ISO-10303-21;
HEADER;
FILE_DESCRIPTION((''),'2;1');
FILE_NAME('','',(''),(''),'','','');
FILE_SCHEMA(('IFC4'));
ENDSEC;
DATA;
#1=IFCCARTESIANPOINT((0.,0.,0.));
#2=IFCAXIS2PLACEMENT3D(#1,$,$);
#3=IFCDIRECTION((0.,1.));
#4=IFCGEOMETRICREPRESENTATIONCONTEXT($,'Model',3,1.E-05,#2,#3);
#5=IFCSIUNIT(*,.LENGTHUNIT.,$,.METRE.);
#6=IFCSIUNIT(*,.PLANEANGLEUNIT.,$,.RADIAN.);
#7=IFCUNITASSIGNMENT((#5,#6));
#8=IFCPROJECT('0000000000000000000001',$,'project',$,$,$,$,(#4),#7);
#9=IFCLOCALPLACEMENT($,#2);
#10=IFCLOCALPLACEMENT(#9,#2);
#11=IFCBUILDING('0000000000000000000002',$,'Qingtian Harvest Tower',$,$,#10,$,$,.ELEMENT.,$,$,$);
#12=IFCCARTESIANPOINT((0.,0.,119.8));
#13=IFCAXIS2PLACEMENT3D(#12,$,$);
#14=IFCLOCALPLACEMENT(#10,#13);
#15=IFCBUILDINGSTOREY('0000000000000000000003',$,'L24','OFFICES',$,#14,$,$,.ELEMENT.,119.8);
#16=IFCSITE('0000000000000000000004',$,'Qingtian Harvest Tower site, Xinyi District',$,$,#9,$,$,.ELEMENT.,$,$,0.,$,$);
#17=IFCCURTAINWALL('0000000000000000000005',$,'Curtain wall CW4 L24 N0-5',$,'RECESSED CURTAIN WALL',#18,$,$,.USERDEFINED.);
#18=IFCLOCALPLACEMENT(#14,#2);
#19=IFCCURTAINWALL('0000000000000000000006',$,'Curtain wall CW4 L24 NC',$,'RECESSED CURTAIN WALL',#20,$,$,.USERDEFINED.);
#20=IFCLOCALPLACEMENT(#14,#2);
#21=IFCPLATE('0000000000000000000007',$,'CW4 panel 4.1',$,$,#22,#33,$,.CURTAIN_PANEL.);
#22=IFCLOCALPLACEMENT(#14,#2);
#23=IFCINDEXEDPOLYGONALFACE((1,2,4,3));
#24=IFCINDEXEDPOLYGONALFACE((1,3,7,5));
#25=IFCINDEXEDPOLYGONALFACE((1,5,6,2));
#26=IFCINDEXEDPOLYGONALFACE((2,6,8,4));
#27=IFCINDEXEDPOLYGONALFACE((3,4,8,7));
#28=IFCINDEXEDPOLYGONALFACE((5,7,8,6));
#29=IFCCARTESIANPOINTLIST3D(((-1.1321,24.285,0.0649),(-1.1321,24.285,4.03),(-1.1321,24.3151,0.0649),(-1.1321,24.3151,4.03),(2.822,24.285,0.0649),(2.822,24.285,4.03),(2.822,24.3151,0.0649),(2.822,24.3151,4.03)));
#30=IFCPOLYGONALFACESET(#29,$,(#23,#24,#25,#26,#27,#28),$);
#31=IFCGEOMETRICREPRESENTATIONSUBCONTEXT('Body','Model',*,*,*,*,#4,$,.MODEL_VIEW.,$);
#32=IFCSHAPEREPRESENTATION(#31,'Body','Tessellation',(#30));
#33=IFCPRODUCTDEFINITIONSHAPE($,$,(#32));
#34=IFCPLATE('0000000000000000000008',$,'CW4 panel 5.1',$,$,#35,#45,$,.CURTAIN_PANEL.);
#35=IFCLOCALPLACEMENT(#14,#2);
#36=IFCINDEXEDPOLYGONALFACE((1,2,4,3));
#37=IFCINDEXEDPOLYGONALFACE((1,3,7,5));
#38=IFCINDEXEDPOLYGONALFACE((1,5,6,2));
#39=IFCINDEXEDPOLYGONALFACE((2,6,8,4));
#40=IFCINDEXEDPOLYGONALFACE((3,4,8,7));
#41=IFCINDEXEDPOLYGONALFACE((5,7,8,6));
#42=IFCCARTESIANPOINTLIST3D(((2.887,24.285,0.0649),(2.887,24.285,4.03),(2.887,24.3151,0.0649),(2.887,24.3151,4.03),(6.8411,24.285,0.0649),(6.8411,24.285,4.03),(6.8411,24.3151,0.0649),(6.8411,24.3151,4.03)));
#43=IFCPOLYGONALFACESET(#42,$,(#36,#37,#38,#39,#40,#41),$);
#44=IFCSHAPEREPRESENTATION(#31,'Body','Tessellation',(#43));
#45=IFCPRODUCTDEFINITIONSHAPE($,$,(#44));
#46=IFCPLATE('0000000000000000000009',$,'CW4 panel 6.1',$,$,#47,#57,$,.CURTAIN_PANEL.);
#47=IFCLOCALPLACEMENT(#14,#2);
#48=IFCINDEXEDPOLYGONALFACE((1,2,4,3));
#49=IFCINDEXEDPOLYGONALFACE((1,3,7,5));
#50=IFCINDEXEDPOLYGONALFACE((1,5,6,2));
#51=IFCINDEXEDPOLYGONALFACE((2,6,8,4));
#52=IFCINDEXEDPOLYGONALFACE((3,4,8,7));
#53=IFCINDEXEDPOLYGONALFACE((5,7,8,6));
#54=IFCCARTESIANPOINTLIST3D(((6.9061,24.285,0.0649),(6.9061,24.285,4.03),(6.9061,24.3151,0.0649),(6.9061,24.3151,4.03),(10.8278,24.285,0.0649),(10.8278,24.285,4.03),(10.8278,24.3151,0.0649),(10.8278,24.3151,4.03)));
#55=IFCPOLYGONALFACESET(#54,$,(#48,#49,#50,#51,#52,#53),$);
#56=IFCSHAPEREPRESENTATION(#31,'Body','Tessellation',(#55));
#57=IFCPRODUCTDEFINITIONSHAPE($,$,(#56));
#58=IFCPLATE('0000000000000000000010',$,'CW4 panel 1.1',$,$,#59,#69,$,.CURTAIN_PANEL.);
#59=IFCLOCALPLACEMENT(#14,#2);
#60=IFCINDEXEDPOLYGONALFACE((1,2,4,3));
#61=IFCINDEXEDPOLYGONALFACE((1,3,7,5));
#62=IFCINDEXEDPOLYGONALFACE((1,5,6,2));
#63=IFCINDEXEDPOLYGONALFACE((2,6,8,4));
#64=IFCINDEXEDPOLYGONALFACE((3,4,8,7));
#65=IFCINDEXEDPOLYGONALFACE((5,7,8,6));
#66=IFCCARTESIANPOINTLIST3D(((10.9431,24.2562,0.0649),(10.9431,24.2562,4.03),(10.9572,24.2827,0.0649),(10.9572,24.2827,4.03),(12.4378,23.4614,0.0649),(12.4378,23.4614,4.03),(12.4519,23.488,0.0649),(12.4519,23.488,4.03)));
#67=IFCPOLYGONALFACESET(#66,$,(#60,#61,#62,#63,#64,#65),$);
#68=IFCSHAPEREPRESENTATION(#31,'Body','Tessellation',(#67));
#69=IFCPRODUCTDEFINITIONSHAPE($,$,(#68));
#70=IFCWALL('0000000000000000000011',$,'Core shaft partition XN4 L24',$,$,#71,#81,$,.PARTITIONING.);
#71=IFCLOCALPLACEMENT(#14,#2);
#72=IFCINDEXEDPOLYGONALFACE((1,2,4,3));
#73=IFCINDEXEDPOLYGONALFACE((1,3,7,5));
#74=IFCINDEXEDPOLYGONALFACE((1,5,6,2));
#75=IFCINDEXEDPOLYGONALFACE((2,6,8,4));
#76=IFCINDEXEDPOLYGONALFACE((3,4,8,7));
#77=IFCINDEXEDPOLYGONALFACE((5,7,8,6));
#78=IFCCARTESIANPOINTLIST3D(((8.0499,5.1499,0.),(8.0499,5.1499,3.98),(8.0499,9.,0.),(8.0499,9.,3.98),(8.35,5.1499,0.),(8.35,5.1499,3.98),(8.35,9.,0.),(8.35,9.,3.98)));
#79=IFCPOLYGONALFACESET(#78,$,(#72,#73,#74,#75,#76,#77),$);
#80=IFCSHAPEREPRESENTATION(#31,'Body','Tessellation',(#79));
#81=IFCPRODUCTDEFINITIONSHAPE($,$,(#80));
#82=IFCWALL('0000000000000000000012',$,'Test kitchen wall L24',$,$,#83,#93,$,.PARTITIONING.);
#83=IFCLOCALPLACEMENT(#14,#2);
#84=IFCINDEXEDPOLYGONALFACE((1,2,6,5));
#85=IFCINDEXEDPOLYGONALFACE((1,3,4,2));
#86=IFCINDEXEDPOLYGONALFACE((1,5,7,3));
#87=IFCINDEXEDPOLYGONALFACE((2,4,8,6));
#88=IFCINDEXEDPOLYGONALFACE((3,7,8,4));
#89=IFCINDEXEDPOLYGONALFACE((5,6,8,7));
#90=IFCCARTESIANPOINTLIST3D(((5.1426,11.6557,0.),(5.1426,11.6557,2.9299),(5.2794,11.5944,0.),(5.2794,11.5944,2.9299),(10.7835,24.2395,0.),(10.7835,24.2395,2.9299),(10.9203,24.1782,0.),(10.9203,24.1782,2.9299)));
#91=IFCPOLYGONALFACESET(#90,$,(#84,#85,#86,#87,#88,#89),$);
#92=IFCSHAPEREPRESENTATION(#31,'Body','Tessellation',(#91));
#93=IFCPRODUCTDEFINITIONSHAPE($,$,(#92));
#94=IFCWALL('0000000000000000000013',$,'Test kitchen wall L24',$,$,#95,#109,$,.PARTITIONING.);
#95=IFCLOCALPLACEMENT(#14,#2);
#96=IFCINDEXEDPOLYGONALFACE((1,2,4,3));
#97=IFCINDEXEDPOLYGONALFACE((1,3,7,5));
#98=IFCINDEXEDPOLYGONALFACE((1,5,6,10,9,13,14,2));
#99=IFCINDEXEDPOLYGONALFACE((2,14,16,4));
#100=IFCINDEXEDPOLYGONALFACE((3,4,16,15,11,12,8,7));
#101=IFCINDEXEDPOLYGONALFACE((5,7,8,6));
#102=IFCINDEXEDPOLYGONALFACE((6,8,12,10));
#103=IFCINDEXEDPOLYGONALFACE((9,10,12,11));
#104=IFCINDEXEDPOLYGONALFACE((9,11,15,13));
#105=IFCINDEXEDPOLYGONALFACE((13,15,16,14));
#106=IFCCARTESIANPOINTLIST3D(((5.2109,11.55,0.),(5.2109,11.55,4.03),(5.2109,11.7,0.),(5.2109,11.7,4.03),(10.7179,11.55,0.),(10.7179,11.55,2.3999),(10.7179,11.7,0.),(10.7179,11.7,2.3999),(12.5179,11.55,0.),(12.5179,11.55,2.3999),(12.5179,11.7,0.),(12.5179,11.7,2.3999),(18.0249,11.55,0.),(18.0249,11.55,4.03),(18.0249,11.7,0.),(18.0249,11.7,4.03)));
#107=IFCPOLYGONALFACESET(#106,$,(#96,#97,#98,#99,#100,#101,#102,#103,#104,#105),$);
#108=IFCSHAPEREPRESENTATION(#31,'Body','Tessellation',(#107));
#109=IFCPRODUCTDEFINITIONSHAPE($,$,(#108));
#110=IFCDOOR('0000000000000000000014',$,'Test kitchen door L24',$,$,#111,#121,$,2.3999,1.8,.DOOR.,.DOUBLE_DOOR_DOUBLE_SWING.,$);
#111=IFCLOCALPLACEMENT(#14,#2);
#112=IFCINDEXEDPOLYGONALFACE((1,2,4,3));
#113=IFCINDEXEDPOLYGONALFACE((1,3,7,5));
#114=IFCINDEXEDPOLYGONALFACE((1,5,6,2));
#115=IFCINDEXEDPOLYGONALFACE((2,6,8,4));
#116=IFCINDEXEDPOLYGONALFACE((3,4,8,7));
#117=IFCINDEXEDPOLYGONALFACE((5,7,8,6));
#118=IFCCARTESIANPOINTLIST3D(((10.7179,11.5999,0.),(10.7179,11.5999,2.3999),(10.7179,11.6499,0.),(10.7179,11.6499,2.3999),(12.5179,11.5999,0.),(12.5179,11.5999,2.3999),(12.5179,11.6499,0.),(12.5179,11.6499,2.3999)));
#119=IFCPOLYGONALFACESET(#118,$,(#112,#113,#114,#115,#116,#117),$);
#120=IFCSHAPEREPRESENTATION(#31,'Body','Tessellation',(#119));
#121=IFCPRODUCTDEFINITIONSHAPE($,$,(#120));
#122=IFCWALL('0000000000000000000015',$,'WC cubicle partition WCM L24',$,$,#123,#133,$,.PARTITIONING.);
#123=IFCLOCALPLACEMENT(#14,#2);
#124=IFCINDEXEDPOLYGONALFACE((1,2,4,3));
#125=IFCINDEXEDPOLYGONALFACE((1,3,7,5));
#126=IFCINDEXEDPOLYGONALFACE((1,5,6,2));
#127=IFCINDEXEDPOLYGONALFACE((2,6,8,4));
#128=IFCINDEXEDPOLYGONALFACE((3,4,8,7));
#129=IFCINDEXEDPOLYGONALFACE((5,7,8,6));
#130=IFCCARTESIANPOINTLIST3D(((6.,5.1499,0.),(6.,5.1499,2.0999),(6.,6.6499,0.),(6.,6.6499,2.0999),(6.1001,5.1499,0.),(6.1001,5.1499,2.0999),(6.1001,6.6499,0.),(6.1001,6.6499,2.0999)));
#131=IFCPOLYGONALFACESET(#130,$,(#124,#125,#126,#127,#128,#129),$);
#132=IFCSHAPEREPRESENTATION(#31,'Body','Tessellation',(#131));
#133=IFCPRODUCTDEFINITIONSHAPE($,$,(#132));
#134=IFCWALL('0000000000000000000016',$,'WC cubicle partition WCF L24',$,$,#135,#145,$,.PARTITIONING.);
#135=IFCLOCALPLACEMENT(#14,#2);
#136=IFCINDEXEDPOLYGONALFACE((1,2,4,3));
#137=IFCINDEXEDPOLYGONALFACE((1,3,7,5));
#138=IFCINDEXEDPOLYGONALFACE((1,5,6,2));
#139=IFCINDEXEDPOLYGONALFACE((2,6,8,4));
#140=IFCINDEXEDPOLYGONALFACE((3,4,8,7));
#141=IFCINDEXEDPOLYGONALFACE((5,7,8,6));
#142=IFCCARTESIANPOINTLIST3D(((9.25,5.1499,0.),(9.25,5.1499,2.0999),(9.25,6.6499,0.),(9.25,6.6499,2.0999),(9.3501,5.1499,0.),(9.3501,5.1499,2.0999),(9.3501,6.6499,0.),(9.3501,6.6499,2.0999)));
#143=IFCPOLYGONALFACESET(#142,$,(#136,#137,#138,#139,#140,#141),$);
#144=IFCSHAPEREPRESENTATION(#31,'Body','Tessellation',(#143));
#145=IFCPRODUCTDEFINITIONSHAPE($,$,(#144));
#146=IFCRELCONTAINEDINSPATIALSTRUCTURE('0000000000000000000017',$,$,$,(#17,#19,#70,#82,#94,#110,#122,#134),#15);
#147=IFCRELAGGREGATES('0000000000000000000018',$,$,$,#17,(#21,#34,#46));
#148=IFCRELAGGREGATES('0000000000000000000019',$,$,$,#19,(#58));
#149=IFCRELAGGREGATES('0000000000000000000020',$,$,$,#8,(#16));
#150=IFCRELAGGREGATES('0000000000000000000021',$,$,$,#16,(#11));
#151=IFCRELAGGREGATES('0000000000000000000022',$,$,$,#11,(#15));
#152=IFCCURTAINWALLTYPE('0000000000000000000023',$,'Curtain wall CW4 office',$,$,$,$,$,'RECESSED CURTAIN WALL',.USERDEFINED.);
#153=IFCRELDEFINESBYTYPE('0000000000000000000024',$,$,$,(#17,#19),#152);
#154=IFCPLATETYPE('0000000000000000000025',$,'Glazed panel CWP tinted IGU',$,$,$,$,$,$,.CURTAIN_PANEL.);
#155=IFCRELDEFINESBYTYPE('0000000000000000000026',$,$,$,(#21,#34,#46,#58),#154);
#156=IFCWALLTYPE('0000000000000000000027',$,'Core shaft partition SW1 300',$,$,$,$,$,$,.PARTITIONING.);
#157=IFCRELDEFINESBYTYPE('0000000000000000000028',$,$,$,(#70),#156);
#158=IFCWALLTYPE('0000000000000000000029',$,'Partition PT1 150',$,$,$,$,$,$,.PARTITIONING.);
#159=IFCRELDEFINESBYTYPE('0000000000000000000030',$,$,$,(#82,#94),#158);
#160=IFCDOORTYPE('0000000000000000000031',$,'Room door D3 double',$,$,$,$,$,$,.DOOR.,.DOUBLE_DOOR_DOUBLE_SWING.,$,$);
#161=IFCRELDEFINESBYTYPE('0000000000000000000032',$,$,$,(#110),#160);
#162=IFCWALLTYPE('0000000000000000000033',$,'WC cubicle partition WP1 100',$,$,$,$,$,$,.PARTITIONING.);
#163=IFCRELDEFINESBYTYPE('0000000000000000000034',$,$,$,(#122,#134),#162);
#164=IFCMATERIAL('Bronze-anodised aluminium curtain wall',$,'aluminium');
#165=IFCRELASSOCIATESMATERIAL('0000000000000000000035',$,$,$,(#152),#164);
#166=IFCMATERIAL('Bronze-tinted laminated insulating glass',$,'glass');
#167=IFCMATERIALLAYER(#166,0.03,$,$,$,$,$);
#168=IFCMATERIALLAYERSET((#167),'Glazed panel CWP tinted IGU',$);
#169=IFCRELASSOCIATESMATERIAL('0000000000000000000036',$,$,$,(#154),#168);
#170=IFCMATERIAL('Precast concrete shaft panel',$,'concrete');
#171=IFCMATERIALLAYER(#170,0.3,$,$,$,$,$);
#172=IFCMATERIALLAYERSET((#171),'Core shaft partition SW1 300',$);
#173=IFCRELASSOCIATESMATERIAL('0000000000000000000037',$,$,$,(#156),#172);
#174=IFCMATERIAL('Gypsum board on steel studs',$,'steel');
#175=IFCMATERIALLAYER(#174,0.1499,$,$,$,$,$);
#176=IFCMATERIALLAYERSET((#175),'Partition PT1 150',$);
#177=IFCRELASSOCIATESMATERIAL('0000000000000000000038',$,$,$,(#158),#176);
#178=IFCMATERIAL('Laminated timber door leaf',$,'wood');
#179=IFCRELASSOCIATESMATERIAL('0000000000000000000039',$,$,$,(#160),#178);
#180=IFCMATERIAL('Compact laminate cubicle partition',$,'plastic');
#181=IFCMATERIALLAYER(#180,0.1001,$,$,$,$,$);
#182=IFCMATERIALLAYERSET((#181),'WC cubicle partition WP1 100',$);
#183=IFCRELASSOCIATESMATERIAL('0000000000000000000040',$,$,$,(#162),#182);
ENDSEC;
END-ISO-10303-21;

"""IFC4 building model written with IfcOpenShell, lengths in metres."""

from ifc_helpers import new_model, si_unit, direction, frame, frame_2d, origin, origin_2d, place, context, subcontext, project, spatial, rectangle, extrude, material, layer, layer_set, type_object, element, fill, aggregate, save


model = new_model("IFC4")

# Units and contexts
model_context = context("Model", 3, precision=1e-05, world=origin(), true_north=direction((0.0, 1.0)))
body_context = subcontext(model_context, "Body", "Model", "MODEL_VIEW")
ifc_project = project(units=[si_unit("LENGTHUNIT", "METRE"), si_unit("PLANEANGLEUNIT", "RADIAN")], contexts=[model_context])

# Site, building, storey
site_placement = place(None, origin())
site = spatial("IfcSite", under=ifc_project, at=site_placement, Name="Qingtian Harvest Tower site, Xinyi District", CompositionType="ELEMENT", RefElevation=0.0)
building_placement = place(site_placement, origin())
building = spatial("IfcBuilding", under=site, at=building_placement, Name="Qingtian Harvest Tower", CompositionType="ELEMENT")
storey_placement = place(building_placement, frame((0.0, 0.0, 119.8)))
storey = spatial("IfcBuildingStorey", under=building, at=storey_placement, Name="L24", Description="OFFICES", CompositionType="ELEMENT", Elevation=119.8)

# Curtain walls
ifc_material_1 = material(Name="Bronze-anodised aluminium curtain wall", Category="aluminium")
curtain_wall_type = type_object("IfcCurtainWallType", Name="Curtain wall CW4 office", ElementType="RECESSED CURTAIN WALL", PredefinedType="USERDEFINED", material=ifc_material_1)
curtain_wall_1_placement = place(storey_placement, origin())
curtain_wall_1 = element("IfcCurtainWall", 1, at=curtain_wall_1_placement, inside=storey, type_object=curtain_wall_type, Name="Curtain wall CW4 L24 N0-5", ObjectType="RECESSED CURTAIN WALL", PredefinedType="USERDEFINED")
curtain_wall_2_placement = place(storey_placement, origin())
curtain_wall_2 = element("IfcCurtainWall", 2, at=curtain_wall_2_placement, inside=storey, type_object=curtain_wall_type, Name="Curtain wall CW4 L24 NC", ObjectType="RECESSED CURTAIN WALL", PredefinedType="USERDEFINED")

# Plates
ifc_material_2 = material(Name="Bronze-tinted laminated insulating glass", Category="glass")
ifc_layer_1 = layer(ifc_material_2, 0.03)
ifc_layer_set_1 = layer_set([ifc_layer_1], Name="Glazed panel CWP tinted IGU")
plate_type = type_object("IfcPlateType", Name="Glazed panel CWP tinted IGU", PredefinedType="CURTAIN_PANEL", material=ifc_layer_set_1)
plate_1_placement = place(storey_placement, frame((0.845, 24.3, 0.0649), z_axis=(0.0, 0.0, 1.0), x_axis=(1.0, 0.0, 0.0)))
plate_1 = element("IfcPlate", 3, at=plate_1_placement, type_object=plate_type, Name="CW4 panel 4.1", PredefinedType="CURTAIN_PANEL", context=body_context, shape_type="SweptSolid", body=[
    extrude(rectangle(XDim=3.9541, YDim=0.03, at=origin_2d()), origin(), (0.0, 0.0, 1.0), 3.9651),
])
plate_2_placement = place(storey_placement, frame((4.864, 24.3, 0.0649), z_axis=(0.0, 0.0, 1.0), x_axis=(1.0, 0.0, 0.0)))
plate_2 = element("IfcPlate", 4, at=plate_2_placement, type_object=plate_type, Name="CW4 panel 5.1", PredefinedType="CURTAIN_PANEL", context=body_context, shape_type="SweptSolid", body=[
    extrude(rectangle(XDim=3.9541, YDim=0.03, at=origin_2d()), origin(), (0.0, 0.0, 1.0), 3.9651),
])
plate_3_placement = place(storey_placement, frame((8.8669, 24.3, 0.0649), z_axis=(0.0, 0.0, 1.0), x_axis=(1.0, 0.0, 0.0)))
plate_3 = element("IfcPlate", 5, at=plate_3_placement, type_object=plate_type, Name="CW4 panel 6.1", PredefinedType="CURTAIN_PANEL", context=body_context, shape_type="SweptSolid", body=[
    extrude(rectangle(XDim=3.9216, YDim=0.03, at=origin_2d()), origin(), (0.0, 0.0, 1.0), 3.9651),
])
aggregate(curtain_wall_1, [plate_1, plate_2, plate_3])
plate_4_placement = place(storey_placement, frame((11.6975, 23.8721, 0.0649), z_axis=(0.0, 0.0, 1.0), x_axis=(0.882948, -0.469472, 0.0)))
plate_4 = element("IfcPlate", 6, at=plate_4_placement, type_object=plate_type, Name="CW4 panel 1.1", PredefinedType="CURTAIN_PANEL", context=body_context, shape_type="SweptSolid", body=[
    extrude(rectangle(XDim=1.6929, YDim=0.03, at=origin_2d()), origin(), (0.0, 0.0, 1.0), 3.9651),
])
aggregate(curtain_wall_2, [plate_4])

# Walls
ifc_material_3 = material(Name="Precast concrete shaft panel", Category="concrete")
ifc_layer_2 = layer(ifc_material_3, 0.3)
ifc_layer_set_2 = layer_set([ifc_layer_2], Name="Core shaft partition SW1 300")
wall_type_1 = type_object("IfcWallType", Name="Core shaft partition SW1 300", PredefinedType="PARTITIONING", material=ifc_layer_set_2)
wall_1_placement = place(storey_placement, frame((8.2, 5.1499, 0.0), z_axis=(0.0, 0.0, 1.0), x_axis=(0.0, 1.0, 0.0)))
element("IfcWall", 7, at=wall_1_placement, inside=storey, type_object=wall_type_1, Name="Core shaft partition XN4 L24", PredefinedType="PARTITIONING", context=body_context, shape_type="SweptSolid", body=[
    extrude(rectangle(XDim=3.8501, YDim=0.3, at=frame_2d((1.925, 0.0))), origin(), (0.0, 0.0, 1.0), 3.98),
])
ifc_material_4 = material(Name="Gypsum board on steel studs", Category="steel")
ifc_layer_3 = layer(ifc_material_4, 0.1499)
ifc_layer_set_3 = layer_set([ifc_layer_3], Name="Partition PT1 150")
wall_type_2 = type_object("IfcWallType", Name="Partition PT1 150", PredefinedType="PARTITIONING", material=ifc_layer_set_3)
wall_2_placement = place(storey_placement, frame((10.8518, 24.2087, 0.0), z_axis=(0.0, 0.0, 1.0), x_axis=(-0.409049, -0.912513, 0.0)))
element("IfcWall", 8, at=wall_2_placement, inside=storey, type_object=wall_type_2, Name="Test kitchen wall L24", PredefinedType="PARTITIONING", context=body_context, shape_type="SweptSolid", body=[
    extrude(rectangle(XDim=13.7903, YDim=0.1499, at=frame_2d((6.895, 0.0))), origin(), (0.0, 0.0, 1.0), 2.9299),
])

# Wall, opening, door
wall_3_placement = place(storey_placement, frame((5.2109, 11.625, 0.0), z_axis=(0.0, 0.0, 1.0), x_axis=(1.0, 0.0, 0.0)))
wall_3 = element("IfcWall", 9, at=wall_3_placement, inside=storey, type_object=wall_type_2, Name="Test kitchen wall L24", PredefinedType="PARTITIONING", context=body_context, shape_type="SweptSolid", body=[
    extrude(rectangle(XDim=12.814, YDim=0.1499, at=frame_2d((6.407, 0.0))), origin(), (0.0, 0.0, 1.0), 4.03),
])
opening_placement = place(wall_3_placement, frame((5.5071, 0.0, 0.0)))
opening = element("IfcOpeningElement", 10, at=opening_placement, cuts=wall_3, PredefinedType="OPENING", context=body_context, shape_type="SweptSolid", body=[
    extrude(rectangle(XDim=1.8, YDim=2.3999, at=frame_2d((0.8999, 1.2))), frame((0.0, 0.085, 0.0), z_axis=(0.0, -1.0, 0.0), x_axis=(1.0, 0.0, 0.0)), (0.0, 0.0, 1.0), 0.1699),
])
ifc_material_5 = material(Name="Laminated timber door leaf", Category="wood")
door_type = type_object("IfcDoorType", Name="Room door D3 double", OperationType="DOUBLE_DOOR_DOUBLE_SWING", PredefinedType="DOOR", material=ifc_material_5)
door_placement = place(opening_placement, origin())
door = element("IfcDoor", 11, at=door_placement, inside=storey, type_object=door_type, Name="Test kitchen door L24", OperationType="DOUBLE_DOOR_DOUBLE_SWING", OverallHeight=2.3999, OverallWidth=1.8, PredefinedType="DOOR", context=body_context, shape_type="SweptSolid", body=[
    extrude(rectangle(XDim=1.8, YDim=2.3999, at=frame_2d((0.8999, 1.2))), frame((0.0, 0.0249, 0.0), z_axis=(0.0, -1.0, 0.0), x_axis=(1.0, 0.0, 0.0)), (0.0, 0.0, 1.0), 0.05),
])
fill(opening, door)

# Walls
ifc_material_6 = material(Name="Compact laminate cubicle partition", Category="plastic")
ifc_layer_4 = layer(ifc_material_6, 0.1001)
ifc_layer_set_4 = layer_set([ifc_layer_4], Name="WC cubicle partition WP1 100")
wall_type_3 = type_object("IfcWallType", Name="WC cubicle partition WP1 100", PredefinedType="PARTITIONING", material=ifc_layer_set_4)
for number, where, z_axis, x_axis, name in (
    (12, (6.05, 5.1499, 0.0), (0.0, 0.0, 1.0), (0.0, 1.0, 0.0), "WC cubicle partition WCM L24"),
    (13, (9.3, 5.1499, 0.0), (0.0, 0.0, 1.0), (0.0, 1.0, 0.0), "WC cubicle partition WCF L24"),
):
    element("IfcWall", number, at=place(storey_placement, frame(where, z_axis=z_axis, x_axis=x_axis)), inside=storey, type_object=wall_type_3, Name=name, PredefinedType="PARTITIONING", context=body_context, shape_type="SweptSolid", body=[
        extrude(rectangle(XDim=1.5, YDim=0.1001, at=frame_2d((0.75, 0.0))), origin(), (0.0, 0.0, 1.0), 2.0999),
    ])

save(model, "model.ifc")
